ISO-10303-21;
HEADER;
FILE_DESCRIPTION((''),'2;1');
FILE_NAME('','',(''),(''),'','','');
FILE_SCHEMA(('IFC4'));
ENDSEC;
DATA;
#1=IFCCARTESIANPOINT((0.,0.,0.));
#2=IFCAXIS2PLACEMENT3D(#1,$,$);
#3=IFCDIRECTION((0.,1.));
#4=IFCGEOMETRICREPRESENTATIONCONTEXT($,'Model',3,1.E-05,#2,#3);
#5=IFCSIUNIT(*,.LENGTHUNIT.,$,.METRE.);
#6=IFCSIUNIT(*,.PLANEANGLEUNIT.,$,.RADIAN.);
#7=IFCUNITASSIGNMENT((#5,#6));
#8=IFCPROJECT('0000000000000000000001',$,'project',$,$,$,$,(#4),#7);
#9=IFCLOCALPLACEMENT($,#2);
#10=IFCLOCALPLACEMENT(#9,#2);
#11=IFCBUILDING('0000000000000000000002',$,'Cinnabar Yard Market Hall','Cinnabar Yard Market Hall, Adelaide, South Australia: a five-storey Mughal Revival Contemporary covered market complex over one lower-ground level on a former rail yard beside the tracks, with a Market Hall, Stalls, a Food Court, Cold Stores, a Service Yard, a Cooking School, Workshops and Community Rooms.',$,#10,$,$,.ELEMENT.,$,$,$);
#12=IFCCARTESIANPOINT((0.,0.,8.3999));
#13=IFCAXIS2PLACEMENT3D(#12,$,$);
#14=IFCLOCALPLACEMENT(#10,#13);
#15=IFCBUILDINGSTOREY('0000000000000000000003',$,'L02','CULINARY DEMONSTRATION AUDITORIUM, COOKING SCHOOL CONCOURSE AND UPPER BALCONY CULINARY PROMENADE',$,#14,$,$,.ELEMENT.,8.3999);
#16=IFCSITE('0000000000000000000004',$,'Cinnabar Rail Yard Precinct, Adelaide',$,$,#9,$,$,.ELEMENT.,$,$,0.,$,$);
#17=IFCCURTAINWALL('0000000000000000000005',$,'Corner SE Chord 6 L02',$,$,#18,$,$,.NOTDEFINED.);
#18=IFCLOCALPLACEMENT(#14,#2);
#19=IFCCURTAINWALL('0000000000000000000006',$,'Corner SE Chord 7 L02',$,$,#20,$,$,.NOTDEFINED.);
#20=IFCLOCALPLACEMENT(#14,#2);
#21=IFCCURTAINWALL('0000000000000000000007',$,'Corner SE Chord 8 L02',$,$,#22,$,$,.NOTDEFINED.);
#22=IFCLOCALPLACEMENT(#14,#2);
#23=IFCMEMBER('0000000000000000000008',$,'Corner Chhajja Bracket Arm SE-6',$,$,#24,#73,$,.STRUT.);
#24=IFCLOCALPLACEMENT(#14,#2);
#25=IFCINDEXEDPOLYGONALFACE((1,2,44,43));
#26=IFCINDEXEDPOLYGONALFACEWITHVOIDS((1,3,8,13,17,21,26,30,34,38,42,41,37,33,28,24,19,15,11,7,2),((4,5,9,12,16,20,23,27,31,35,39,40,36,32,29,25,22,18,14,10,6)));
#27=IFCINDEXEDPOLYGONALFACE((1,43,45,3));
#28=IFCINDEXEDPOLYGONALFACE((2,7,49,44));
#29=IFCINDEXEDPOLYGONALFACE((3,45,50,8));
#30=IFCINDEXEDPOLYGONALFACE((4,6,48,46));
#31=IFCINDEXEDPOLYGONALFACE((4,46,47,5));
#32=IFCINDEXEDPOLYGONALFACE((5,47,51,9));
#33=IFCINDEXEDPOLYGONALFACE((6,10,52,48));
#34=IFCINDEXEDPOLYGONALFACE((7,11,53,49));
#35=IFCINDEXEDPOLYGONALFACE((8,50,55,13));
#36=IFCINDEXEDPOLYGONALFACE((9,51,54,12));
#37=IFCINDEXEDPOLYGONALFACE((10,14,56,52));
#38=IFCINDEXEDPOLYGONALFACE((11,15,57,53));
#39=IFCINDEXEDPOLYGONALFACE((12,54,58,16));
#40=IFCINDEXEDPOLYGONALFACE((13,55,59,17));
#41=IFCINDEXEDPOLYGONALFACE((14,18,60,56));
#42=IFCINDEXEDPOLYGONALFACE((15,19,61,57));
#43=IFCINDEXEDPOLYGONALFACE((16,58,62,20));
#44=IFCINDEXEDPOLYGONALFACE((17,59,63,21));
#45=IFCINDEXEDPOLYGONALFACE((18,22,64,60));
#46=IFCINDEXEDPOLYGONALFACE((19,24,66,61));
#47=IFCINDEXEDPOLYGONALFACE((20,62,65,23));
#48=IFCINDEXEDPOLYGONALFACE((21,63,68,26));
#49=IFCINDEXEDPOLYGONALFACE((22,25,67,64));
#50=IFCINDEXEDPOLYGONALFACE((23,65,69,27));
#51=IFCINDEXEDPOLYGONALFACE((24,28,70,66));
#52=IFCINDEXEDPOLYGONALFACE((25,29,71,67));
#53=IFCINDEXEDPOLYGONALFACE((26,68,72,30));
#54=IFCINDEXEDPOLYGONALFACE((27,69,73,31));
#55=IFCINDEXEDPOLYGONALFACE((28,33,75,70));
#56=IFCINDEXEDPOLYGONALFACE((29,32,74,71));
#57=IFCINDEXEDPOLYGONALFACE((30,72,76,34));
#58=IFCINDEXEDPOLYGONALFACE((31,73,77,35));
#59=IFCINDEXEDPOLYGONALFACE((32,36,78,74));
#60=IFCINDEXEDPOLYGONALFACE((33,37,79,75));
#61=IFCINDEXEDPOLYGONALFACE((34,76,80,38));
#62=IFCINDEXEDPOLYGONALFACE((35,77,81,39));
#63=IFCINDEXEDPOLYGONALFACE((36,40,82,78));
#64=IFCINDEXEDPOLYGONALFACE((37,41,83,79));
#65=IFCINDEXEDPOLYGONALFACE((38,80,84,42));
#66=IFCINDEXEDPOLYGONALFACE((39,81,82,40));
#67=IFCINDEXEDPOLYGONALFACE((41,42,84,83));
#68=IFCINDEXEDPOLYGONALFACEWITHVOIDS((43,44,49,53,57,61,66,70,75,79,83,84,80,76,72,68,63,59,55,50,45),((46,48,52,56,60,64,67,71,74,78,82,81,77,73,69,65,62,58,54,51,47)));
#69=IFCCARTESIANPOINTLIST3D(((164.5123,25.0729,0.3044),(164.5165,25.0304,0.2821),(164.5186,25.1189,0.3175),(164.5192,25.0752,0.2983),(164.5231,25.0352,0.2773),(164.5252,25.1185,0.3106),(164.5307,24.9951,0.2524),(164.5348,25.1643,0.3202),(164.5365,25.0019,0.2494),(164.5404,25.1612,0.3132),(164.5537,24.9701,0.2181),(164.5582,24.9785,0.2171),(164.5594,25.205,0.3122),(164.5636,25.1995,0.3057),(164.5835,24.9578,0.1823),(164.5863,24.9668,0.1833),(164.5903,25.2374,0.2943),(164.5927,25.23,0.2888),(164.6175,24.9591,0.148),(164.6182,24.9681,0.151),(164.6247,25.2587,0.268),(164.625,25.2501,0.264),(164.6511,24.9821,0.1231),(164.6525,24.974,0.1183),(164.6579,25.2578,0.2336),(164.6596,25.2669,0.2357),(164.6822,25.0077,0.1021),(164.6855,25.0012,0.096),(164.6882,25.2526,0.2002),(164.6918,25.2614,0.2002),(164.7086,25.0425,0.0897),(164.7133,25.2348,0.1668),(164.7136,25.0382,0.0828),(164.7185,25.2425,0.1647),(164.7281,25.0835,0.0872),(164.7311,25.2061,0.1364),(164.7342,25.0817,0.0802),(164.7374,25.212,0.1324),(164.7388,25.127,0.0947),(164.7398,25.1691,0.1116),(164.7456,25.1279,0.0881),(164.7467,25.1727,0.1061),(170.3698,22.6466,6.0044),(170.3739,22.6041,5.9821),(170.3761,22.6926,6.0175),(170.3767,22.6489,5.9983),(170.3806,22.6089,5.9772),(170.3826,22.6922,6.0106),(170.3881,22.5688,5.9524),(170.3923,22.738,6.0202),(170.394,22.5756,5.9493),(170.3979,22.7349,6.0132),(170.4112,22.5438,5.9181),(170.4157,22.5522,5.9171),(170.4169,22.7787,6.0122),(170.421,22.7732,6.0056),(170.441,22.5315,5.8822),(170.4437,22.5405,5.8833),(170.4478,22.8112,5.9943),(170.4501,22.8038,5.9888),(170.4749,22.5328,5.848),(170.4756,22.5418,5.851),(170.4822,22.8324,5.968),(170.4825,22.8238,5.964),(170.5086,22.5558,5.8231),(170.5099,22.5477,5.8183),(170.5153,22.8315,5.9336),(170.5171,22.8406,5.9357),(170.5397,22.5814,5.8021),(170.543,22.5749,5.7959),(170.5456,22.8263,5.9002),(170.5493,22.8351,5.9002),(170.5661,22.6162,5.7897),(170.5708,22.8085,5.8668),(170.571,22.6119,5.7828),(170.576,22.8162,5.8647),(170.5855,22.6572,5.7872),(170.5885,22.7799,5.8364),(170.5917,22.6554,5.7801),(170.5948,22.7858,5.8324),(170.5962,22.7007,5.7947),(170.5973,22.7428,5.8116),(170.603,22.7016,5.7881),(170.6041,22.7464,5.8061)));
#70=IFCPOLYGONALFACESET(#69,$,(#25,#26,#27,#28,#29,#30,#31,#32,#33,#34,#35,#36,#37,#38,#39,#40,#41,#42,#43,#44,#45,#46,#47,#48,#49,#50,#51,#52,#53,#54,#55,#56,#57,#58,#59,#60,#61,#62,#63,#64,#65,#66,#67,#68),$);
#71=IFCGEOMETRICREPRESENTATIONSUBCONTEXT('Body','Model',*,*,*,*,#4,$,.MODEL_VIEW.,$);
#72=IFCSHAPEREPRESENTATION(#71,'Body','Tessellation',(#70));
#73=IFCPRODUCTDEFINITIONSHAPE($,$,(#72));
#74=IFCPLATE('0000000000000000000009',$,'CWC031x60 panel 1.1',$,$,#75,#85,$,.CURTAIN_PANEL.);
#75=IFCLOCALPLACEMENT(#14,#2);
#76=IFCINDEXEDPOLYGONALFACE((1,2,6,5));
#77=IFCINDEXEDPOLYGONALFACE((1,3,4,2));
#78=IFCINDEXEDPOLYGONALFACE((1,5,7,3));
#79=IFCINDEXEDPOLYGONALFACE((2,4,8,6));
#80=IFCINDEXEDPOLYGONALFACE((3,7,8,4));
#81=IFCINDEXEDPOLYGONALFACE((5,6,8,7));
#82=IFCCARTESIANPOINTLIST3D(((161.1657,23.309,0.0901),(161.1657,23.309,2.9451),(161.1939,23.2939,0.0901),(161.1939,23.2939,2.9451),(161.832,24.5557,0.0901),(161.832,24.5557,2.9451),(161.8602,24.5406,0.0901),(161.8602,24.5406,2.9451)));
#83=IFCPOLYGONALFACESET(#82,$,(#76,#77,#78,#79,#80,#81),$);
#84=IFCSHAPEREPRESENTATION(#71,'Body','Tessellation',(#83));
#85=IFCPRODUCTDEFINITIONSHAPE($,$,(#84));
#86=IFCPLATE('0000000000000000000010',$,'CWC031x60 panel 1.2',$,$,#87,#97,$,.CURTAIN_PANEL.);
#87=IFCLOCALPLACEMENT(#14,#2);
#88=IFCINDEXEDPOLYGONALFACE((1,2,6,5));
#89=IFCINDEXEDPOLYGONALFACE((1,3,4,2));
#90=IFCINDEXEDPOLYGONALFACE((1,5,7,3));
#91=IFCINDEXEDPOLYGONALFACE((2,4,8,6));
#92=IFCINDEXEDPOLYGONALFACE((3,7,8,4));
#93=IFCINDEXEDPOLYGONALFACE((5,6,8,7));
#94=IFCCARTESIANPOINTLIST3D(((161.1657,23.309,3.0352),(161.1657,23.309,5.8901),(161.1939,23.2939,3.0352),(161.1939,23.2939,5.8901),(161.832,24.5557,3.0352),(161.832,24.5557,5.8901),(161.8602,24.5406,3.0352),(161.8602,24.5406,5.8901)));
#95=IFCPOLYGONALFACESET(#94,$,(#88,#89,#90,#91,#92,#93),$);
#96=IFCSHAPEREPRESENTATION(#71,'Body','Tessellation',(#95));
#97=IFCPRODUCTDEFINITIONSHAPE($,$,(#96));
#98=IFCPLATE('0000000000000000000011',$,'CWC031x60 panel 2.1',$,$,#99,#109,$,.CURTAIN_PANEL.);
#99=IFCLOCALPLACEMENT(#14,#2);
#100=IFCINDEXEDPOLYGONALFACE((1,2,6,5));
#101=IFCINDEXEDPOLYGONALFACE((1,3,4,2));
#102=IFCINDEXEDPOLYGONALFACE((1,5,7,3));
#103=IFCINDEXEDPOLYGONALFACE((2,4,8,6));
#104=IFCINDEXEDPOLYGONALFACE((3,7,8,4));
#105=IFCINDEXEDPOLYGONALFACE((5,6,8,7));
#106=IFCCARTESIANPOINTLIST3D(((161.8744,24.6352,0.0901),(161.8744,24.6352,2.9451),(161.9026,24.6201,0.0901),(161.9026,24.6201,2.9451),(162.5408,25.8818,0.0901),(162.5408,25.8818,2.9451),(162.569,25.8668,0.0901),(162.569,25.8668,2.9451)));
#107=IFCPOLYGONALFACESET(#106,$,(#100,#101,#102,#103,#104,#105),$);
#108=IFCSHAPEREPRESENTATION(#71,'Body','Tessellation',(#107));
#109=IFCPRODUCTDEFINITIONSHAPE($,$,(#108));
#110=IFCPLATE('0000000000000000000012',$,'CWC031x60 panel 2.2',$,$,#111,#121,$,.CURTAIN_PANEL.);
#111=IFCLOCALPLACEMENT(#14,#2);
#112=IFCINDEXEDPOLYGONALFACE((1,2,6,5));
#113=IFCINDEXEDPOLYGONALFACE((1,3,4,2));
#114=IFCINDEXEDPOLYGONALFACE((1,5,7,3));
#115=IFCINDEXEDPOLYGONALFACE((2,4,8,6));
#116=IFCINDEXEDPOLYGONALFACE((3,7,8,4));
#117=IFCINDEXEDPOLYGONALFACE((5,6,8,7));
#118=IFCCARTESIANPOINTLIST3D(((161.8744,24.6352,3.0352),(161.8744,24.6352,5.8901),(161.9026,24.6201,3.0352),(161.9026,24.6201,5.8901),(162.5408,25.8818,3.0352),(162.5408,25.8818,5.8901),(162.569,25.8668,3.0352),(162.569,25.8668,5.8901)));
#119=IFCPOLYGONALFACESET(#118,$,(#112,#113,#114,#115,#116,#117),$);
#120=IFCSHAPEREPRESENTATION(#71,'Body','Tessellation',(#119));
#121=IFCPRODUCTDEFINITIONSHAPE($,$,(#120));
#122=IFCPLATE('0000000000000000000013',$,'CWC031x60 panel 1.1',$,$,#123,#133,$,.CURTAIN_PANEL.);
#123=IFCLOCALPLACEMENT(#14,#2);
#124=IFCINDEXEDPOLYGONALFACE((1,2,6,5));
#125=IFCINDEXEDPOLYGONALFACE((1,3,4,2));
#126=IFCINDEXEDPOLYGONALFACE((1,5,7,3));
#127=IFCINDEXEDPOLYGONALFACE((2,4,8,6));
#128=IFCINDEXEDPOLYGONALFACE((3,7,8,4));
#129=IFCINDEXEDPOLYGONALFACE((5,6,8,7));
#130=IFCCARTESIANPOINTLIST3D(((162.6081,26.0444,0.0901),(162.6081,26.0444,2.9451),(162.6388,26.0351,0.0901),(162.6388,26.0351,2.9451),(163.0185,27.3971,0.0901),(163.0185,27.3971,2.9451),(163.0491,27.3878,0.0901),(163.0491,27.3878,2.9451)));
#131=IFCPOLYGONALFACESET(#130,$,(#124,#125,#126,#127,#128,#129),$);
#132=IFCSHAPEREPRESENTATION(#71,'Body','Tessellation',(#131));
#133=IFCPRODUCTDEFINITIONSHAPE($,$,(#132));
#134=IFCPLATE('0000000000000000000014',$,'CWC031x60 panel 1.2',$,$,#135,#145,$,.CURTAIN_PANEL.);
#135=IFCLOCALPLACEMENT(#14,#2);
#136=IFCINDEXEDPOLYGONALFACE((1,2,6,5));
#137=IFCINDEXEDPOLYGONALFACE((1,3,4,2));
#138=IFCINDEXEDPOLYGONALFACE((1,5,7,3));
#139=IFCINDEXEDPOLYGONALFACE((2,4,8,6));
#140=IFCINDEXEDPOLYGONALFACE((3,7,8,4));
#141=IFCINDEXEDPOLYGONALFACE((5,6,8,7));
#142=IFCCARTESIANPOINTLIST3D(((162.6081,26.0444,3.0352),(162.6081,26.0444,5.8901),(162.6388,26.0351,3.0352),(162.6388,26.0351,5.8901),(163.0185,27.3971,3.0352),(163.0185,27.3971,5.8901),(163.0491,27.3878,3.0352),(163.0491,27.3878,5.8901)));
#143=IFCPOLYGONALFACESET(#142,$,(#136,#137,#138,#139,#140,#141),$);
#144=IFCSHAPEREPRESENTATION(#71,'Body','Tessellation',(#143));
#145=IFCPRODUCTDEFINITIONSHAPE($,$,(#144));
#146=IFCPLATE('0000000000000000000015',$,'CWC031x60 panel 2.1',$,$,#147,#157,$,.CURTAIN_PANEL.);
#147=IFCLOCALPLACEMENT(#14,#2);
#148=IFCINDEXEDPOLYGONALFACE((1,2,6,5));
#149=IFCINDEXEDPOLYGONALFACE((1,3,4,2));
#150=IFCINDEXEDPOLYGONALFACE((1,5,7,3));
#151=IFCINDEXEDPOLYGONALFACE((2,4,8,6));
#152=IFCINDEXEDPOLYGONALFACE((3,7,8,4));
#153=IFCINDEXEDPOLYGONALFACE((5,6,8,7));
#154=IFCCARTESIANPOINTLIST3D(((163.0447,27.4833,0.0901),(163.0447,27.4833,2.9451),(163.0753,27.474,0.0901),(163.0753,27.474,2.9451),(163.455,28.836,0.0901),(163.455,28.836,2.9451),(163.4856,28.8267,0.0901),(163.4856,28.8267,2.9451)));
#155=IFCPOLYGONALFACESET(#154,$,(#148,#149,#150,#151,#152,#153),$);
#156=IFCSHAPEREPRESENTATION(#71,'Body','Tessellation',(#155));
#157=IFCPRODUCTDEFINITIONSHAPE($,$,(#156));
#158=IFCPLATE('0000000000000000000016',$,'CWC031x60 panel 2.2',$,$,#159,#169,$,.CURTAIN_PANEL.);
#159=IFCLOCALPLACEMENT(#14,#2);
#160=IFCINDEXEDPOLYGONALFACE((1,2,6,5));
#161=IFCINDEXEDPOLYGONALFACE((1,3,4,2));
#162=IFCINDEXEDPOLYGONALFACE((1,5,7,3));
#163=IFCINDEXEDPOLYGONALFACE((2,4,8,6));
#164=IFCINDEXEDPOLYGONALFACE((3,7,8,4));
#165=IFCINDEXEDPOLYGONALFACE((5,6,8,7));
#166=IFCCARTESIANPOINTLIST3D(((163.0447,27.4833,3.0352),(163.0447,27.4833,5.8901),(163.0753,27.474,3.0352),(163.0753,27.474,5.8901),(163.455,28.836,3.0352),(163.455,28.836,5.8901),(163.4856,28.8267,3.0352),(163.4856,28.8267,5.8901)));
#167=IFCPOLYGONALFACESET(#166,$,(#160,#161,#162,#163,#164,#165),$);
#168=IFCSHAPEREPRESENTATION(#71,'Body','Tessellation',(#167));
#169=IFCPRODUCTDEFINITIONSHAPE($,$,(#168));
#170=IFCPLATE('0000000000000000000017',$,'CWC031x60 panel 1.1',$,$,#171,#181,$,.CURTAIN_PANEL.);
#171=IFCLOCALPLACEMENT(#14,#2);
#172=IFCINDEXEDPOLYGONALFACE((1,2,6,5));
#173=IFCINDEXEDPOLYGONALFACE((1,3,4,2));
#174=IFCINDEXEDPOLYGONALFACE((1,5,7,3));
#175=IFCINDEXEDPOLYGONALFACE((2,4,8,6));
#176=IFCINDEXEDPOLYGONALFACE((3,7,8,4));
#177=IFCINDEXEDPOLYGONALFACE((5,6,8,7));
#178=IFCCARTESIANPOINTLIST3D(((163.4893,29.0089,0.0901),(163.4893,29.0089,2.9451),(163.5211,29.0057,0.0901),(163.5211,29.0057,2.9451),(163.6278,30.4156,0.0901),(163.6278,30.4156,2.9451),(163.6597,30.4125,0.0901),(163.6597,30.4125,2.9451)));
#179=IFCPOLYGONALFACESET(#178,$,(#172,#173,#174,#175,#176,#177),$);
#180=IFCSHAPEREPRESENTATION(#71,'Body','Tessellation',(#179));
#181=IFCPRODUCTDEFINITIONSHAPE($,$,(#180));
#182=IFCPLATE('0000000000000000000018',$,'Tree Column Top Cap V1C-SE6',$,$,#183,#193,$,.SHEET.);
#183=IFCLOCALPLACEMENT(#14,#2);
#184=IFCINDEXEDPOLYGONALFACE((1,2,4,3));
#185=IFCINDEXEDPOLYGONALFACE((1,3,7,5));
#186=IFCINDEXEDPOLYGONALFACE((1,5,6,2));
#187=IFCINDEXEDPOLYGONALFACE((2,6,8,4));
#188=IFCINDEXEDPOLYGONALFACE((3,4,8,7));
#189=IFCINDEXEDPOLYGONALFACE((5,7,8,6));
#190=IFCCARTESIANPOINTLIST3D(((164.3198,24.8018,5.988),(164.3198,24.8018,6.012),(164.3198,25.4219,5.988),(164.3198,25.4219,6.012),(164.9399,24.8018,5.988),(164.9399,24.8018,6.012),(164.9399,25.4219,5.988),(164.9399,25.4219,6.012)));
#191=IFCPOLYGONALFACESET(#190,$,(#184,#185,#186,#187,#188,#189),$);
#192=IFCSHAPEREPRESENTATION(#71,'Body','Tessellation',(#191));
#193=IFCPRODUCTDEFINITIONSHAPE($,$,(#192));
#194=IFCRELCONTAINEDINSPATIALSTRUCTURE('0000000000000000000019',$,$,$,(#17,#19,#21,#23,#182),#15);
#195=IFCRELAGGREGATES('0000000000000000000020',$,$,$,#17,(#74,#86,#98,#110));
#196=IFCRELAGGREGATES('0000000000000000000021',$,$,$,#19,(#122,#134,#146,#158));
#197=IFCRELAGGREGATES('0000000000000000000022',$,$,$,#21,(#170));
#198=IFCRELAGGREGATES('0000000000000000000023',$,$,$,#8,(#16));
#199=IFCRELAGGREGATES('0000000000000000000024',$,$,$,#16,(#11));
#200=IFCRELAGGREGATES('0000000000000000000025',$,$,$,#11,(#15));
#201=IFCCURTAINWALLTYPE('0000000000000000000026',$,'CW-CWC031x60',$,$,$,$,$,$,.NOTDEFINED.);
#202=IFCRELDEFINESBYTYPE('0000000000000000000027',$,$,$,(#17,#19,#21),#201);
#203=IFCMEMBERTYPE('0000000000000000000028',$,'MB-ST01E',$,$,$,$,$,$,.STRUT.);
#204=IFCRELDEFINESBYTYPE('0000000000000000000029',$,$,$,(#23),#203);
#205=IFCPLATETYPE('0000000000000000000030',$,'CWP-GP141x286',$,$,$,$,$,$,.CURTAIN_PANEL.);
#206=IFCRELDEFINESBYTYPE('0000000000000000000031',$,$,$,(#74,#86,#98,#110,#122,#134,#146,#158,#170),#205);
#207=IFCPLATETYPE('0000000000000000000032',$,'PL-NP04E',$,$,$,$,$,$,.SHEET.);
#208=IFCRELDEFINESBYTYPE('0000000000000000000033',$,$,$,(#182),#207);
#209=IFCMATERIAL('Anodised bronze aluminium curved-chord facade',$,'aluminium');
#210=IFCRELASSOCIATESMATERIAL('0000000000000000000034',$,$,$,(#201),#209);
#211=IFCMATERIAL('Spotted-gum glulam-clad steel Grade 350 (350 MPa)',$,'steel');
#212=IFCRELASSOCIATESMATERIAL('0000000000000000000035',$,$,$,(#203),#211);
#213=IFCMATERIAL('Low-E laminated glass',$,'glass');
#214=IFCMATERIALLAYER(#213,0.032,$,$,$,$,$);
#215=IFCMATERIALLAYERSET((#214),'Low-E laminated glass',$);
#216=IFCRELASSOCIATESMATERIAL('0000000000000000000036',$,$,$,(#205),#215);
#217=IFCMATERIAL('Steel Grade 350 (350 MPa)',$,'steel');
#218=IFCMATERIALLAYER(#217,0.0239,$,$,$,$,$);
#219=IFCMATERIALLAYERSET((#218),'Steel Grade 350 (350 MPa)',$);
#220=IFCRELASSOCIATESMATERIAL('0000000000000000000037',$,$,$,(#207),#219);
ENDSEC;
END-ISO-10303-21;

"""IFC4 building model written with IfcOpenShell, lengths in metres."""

from ifc_helpers import new_model, si_unit, direction, frame, origin, origin_2d_with_axis, place, context, subcontext, project, spatial, rectangle, hollow_circle, extrude, material, layer, layer_set, material_profile, profile_set, type_object, element, aggregate, save


model = new_model("IFC4")

# Units and contexts
model_context = context("Model", 3, precision=1e-05, world=origin(), true_north=direction((0.0, 1.0)))
body_context = subcontext(model_context, "Body", "Model", "MODEL_VIEW")
ifc_project = project(units=[si_unit("LENGTHUNIT", "METRE"), si_unit("PLANEANGLEUNIT", "RADIAN")], contexts=[model_context])

# Site, building, storey
site_placement = place(None, origin())
site = spatial("IfcSite", under=ifc_project, at=site_placement, Name="Cinnabar Rail Yard Precinct, Adelaide", CompositionType="ELEMENT", RefElevation=0.0)
building_placement = place(site_placement, origin())
building = spatial("IfcBuilding", under=site, at=building_placement, Name="Cinnabar Yard Market Hall", Description="Cinnabar Yard Market Hall, Adelaide, South Australia: a five-storey Mughal Revival Contemporary covered market complex over one lower-ground level on a former rail yard beside the tracks, with a Market Hall, Stalls, a Food Court, Cold Stores, a Service Yard, a Cooking School, Workshops and Community Rooms.", CompositionType="ELEMENT")
storey_placement = place(building_placement, frame((0.0, 0.0, 8.3999)))
storey = spatial("IfcBuildingStorey", under=building, at=storey_placement, Name="L02", Description="CULINARY DEMONSTRATION AUDITORIUM, COOKING SCHOOL CONCOURSE AND UPPER BALCONY CULINARY PROMENADE", CompositionType="ELEMENT", Elevation=8.3999)

# Shared definitions
ifc_material_1 = material(Name="Spotted-gum glulam-clad steel Grade 350 (350 MPa)", Category="steel")

# Curtain walls
ifc_material_2 = material(Name="Anodised bronze aluminium curved-chord facade", Category="aluminium")
curtain_wall_type = type_object("IfcCurtainWallType", Name="CW-CWC031x60", PredefinedType="NOTDEFINED", material=ifc_material_2)
curtain_wall_1_placement = place(storey_placement, origin())
curtain_wall_1 = element("IfcCurtainWall", 1, at=curtain_wall_1_placement, inside=storey, type_object=curtain_wall_type, Name="Corner SE Chord 6 L02", PredefinedType="NOTDEFINED")
curtain_wall_2_placement = place(storey_placement, origin())
curtain_wall_2 = element("IfcCurtainWall", 2, at=curtain_wall_2_placement, inside=storey, type_object=curtain_wall_type, Name="Corner SE Chord 7 L02", PredefinedType="NOTDEFINED")

# Curtain wall
curtain_wall_3_placement = place(storey_placement, origin())
curtain_wall_3 = element("IfcCurtainWall", 3, at=curtain_wall_3_placement, inside=storey, type_object=curtain_wall_type, Name="Corner SE Chord 8 L02", PredefinedType="NOTDEFINED")

# Member
ifc_material_profile_1 = material_profile(ifc_material_1, hollow_circle(Radius=0.1619, WallThickness=0.0095, at=origin_2d_with_axis()), Name="323.9x9.5CHS")
ifc_profile_set_1 = profile_set([ifc_material_profile_1], Name="Spotted-gum glulam-clad steel Grade 350 (350 MPa)")
member_type_1 = type_object("IfcMemberType", Name="MB-ST01E", PredefinedType="STRUT", material=ifc_profile_set_1)
member_1_placement = place(storey_placement, frame((164.6299, 25.1118, 0.2002), z_axis=(0.68704, -0.284587, 0.66857), x_axis=(0.38269, 0.923877, 0.0)))
element("IfcMember", 4, at=member_1_placement, inside=storey, type_object=member_type_1, Name="Corner Chhajja Bracket Arm SE-6", PredefinedType="STRUT", context=body_context, shape_type="SweptSolid", body=[
    extrude(hollow_circle(Radius=0.1619, WallThickness=0.0095, at=origin_2d_with_axis()), origin(), (0.0, 0.0, 1.0), 8.5256),
])

# Plates
ifc_material_3 = material(Name="Low-E laminated glass", Category="glass")
ifc_layer_1 = layer(ifc_material_3, 0.032)
ifc_layer_set_1 = layer_set([ifc_layer_1], Name="Low-E laminated glass")
plate_type_1 = type_object("IfcPlateType", Name="CWP-GP141x286", PredefinedType="CURTAIN_PANEL", material=ifc_layer_set_1)
plate_1_placement = place(storey_placement, frame((161.5129, 23.9248, 0.0901), z_axis=(0.0, 0.0, 1.0), x_axis=(0.471404, 0.881917, 0.0)))
plate_1 = element("IfcPlate", 5, at=plate_1_placement, type_object=plate_type_1, Name="CWC031x60 panel 1.1", PredefinedType="CURTAIN_PANEL", context=body_context, shape_type="SweptSolid", body=[
    extrude(rectangle(XDim=1.4136, YDim=0.032, at=origin_2d_with_axis()), origin(), (0.0, 0.0, 1.0), 2.855),
])
plate_2_placement = place(storey_placement, frame((161.5129, 23.9248, 3.0352), z_axis=(0.0, 0.0, 1.0), x_axis=(0.471404, 0.881917, 0.0)))
plate_2 = element("IfcPlate", 6, at=plate_2_placement, type_object=plate_type_1, Name="CWC031x60 panel 1.2", PredefinedType="CURTAIN_PANEL", context=body_context, shape_type="SweptSolid", body=[
    extrude(rectangle(XDim=1.4136, YDim=0.032, at=origin_2d_with_axis()), origin(), (0.0, 0.0, 1.0), 2.855),
])
plate_3_placement = place(storey_placement, frame((162.2217, 25.251, 0.0901), z_axis=(0.0, 0.0, 1.0), x_axis=(0.471404, 0.881917, 0.0)))
plate_3 = element("IfcPlate", 7, at=plate_3_placement, type_object=plate_type_1, Name="CWC031x60 panel 2.1", PredefinedType="CURTAIN_PANEL", context=body_context, shape_type="SweptSolid", body=[
    extrude(rectangle(XDim=1.4136, YDim=0.032, at=origin_2d_with_axis()), origin(), (0.0, 0.0, 1.0), 2.855),
])
plate_4_placement = place(storey_placement, frame((162.2217, 25.251, 3.0352), z_axis=(0.0, 0.0, 1.0), x_axis=(0.471404, 0.881917, 0.0)))
plate_4 = element("IfcPlate", 8, at=plate_4_placement, type_object=plate_type_1, Name="CWC031x60 panel 2.2", PredefinedType="CURTAIN_PANEL", context=body_context, shape_type="SweptSolid", body=[
    extrude(rectangle(XDim=1.4136, YDim=0.032, at=origin_2d_with_axis()), origin(), (0.0, 0.0, 1.0), 2.855),
])
aggregate(curtain_wall_1, [plate_1, plate_2, plate_3, plate_4])
plate_5_placement = place(storey_placement, frame((162.8286, 26.7161, 0.0901), z_axis=(0.0, 0.0, 1.0), x_axis=(0.290279, 0.956942, 0.0)))
plate_5 = element("IfcPlate", 9, at=plate_5_placement, type_object=plate_type_1, Name="CWC031x60 panel 1.1", PredefinedType="CURTAIN_PANEL", context=body_context, shape_type="SweptSolid", body=[
    extrude(rectangle(XDim=1.4136, YDim=0.032, at=origin_2d_with_axis()), origin(), (0.0, 0.0, 1.0), 2.855),
])
plate_6_placement = place(storey_placement, frame((162.8286, 26.7161, 3.0352), z_axis=(0.0, 0.0, 1.0), x_axis=(0.290279, 0.956942, 0.0)))
plate_6 = element("IfcPlate", 10, at=plate_6_placement, type_object=plate_type_1, Name="CWC031x60 panel 1.2", PredefinedType="CURTAIN_PANEL", context=body_context, shape_type="SweptSolid", body=[
    extrude(rectangle(XDim=1.4136, YDim=0.032, at=origin_2d_with_axis()), origin(), (0.0, 0.0, 1.0), 2.855),
])
plate_7_placement = place(storey_placement, frame((163.2651, 28.155, 0.0901), z_axis=(0.0, 0.0, 1.0), x_axis=(0.290279, 0.956942, 0.0)))
plate_7 = element("IfcPlate", 11, at=plate_7_placement, type_object=plate_type_1, Name="CWC031x60 panel 2.1", PredefinedType="CURTAIN_PANEL", context=body_context, shape_type="SweptSolid", body=[
    extrude(rectangle(XDim=1.4136, YDim=0.032, at=origin_2d_with_axis()), origin(), (0.0, 0.0, 1.0), 2.855),
])
plate_8_placement = place(storey_placement, frame((163.2651, 28.155, 3.0352), z_axis=(0.0, 0.0, 1.0), x_axis=(0.290279, 0.956942, 0.0)))
plate_8 = element("IfcPlate", 12, at=plate_8_placement, type_object=plate_type_1, Name="CWC031x60 panel 2.2", PredefinedType="CURTAIN_PANEL", context=body_context, shape_type="SweptSolid", body=[
    extrude(rectangle(XDim=1.4136, YDim=0.032, at=origin_2d_with_axis()), origin(), (0.0, 0.0, 1.0), 2.855),
])
aggregate(curtain_wall_2, [plate_5, plate_6, plate_7, plate_8])
plate_9_placement = place(storey_placement, frame((163.5745, 29.7107, 0.0901), z_axis=(0.0, 0.0, 1.0), x_axis=(0.09802, 0.995184, 0.0)))
plate_9 = element("IfcPlate", 13, at=plate_9_placement, type_object=plate_type_1, Name="CWC031x60 panel 1.1", PredefinedType="CURTAIN_PANEL", context=body_context, shape_type="SweptSolid", body=[
    extrude(rectangle(XDim=1.4136, YDim=0.032, at=origin_2d_with_axis()), origin(), (0.0, 0.0, 1.0), 2.855),
])
aggregate(curtain_wall_3, [plate_9])

# Plate
ifc_material_4 = material(Name="Steel Grade 350 (350 MPa)", Category="steel")
ifc_layer_2 = layer(ifc_material_4, 0.0239)
ifc_layer_set_2 = layer_set([ifc_layer_2], Name="Steel Grade 350 (350 MPa)")
plate_type_2 = type_object("IfcPlateType", Name="PL-NP04E", PredefinedType="SHEET", material=ifc_layer_set_2)
plate_10_placement = place(storey_placement, frame((164.6299, 25.1118, 5.988), z_axis=(0.0, 0.0, 1.0), x_axis=(1.0, 0.0, 0.0)))
element("IfcPlate", 14, at=plate_10_placement, inside=storey, type_object=plate_type_2, Name="Tree Column Top Cap V1C-SE6", PredefinedType="SHEET", context=body_context, shape_type="SweptSolid", body=[
    extrude(rectangle(XDim=0.6201, YDim=0.6201, at=origin_2d_with_axis()), origin(), (0.0, 0.0, 1.0), 0.0239),
])

save(model, "model.ifc")
